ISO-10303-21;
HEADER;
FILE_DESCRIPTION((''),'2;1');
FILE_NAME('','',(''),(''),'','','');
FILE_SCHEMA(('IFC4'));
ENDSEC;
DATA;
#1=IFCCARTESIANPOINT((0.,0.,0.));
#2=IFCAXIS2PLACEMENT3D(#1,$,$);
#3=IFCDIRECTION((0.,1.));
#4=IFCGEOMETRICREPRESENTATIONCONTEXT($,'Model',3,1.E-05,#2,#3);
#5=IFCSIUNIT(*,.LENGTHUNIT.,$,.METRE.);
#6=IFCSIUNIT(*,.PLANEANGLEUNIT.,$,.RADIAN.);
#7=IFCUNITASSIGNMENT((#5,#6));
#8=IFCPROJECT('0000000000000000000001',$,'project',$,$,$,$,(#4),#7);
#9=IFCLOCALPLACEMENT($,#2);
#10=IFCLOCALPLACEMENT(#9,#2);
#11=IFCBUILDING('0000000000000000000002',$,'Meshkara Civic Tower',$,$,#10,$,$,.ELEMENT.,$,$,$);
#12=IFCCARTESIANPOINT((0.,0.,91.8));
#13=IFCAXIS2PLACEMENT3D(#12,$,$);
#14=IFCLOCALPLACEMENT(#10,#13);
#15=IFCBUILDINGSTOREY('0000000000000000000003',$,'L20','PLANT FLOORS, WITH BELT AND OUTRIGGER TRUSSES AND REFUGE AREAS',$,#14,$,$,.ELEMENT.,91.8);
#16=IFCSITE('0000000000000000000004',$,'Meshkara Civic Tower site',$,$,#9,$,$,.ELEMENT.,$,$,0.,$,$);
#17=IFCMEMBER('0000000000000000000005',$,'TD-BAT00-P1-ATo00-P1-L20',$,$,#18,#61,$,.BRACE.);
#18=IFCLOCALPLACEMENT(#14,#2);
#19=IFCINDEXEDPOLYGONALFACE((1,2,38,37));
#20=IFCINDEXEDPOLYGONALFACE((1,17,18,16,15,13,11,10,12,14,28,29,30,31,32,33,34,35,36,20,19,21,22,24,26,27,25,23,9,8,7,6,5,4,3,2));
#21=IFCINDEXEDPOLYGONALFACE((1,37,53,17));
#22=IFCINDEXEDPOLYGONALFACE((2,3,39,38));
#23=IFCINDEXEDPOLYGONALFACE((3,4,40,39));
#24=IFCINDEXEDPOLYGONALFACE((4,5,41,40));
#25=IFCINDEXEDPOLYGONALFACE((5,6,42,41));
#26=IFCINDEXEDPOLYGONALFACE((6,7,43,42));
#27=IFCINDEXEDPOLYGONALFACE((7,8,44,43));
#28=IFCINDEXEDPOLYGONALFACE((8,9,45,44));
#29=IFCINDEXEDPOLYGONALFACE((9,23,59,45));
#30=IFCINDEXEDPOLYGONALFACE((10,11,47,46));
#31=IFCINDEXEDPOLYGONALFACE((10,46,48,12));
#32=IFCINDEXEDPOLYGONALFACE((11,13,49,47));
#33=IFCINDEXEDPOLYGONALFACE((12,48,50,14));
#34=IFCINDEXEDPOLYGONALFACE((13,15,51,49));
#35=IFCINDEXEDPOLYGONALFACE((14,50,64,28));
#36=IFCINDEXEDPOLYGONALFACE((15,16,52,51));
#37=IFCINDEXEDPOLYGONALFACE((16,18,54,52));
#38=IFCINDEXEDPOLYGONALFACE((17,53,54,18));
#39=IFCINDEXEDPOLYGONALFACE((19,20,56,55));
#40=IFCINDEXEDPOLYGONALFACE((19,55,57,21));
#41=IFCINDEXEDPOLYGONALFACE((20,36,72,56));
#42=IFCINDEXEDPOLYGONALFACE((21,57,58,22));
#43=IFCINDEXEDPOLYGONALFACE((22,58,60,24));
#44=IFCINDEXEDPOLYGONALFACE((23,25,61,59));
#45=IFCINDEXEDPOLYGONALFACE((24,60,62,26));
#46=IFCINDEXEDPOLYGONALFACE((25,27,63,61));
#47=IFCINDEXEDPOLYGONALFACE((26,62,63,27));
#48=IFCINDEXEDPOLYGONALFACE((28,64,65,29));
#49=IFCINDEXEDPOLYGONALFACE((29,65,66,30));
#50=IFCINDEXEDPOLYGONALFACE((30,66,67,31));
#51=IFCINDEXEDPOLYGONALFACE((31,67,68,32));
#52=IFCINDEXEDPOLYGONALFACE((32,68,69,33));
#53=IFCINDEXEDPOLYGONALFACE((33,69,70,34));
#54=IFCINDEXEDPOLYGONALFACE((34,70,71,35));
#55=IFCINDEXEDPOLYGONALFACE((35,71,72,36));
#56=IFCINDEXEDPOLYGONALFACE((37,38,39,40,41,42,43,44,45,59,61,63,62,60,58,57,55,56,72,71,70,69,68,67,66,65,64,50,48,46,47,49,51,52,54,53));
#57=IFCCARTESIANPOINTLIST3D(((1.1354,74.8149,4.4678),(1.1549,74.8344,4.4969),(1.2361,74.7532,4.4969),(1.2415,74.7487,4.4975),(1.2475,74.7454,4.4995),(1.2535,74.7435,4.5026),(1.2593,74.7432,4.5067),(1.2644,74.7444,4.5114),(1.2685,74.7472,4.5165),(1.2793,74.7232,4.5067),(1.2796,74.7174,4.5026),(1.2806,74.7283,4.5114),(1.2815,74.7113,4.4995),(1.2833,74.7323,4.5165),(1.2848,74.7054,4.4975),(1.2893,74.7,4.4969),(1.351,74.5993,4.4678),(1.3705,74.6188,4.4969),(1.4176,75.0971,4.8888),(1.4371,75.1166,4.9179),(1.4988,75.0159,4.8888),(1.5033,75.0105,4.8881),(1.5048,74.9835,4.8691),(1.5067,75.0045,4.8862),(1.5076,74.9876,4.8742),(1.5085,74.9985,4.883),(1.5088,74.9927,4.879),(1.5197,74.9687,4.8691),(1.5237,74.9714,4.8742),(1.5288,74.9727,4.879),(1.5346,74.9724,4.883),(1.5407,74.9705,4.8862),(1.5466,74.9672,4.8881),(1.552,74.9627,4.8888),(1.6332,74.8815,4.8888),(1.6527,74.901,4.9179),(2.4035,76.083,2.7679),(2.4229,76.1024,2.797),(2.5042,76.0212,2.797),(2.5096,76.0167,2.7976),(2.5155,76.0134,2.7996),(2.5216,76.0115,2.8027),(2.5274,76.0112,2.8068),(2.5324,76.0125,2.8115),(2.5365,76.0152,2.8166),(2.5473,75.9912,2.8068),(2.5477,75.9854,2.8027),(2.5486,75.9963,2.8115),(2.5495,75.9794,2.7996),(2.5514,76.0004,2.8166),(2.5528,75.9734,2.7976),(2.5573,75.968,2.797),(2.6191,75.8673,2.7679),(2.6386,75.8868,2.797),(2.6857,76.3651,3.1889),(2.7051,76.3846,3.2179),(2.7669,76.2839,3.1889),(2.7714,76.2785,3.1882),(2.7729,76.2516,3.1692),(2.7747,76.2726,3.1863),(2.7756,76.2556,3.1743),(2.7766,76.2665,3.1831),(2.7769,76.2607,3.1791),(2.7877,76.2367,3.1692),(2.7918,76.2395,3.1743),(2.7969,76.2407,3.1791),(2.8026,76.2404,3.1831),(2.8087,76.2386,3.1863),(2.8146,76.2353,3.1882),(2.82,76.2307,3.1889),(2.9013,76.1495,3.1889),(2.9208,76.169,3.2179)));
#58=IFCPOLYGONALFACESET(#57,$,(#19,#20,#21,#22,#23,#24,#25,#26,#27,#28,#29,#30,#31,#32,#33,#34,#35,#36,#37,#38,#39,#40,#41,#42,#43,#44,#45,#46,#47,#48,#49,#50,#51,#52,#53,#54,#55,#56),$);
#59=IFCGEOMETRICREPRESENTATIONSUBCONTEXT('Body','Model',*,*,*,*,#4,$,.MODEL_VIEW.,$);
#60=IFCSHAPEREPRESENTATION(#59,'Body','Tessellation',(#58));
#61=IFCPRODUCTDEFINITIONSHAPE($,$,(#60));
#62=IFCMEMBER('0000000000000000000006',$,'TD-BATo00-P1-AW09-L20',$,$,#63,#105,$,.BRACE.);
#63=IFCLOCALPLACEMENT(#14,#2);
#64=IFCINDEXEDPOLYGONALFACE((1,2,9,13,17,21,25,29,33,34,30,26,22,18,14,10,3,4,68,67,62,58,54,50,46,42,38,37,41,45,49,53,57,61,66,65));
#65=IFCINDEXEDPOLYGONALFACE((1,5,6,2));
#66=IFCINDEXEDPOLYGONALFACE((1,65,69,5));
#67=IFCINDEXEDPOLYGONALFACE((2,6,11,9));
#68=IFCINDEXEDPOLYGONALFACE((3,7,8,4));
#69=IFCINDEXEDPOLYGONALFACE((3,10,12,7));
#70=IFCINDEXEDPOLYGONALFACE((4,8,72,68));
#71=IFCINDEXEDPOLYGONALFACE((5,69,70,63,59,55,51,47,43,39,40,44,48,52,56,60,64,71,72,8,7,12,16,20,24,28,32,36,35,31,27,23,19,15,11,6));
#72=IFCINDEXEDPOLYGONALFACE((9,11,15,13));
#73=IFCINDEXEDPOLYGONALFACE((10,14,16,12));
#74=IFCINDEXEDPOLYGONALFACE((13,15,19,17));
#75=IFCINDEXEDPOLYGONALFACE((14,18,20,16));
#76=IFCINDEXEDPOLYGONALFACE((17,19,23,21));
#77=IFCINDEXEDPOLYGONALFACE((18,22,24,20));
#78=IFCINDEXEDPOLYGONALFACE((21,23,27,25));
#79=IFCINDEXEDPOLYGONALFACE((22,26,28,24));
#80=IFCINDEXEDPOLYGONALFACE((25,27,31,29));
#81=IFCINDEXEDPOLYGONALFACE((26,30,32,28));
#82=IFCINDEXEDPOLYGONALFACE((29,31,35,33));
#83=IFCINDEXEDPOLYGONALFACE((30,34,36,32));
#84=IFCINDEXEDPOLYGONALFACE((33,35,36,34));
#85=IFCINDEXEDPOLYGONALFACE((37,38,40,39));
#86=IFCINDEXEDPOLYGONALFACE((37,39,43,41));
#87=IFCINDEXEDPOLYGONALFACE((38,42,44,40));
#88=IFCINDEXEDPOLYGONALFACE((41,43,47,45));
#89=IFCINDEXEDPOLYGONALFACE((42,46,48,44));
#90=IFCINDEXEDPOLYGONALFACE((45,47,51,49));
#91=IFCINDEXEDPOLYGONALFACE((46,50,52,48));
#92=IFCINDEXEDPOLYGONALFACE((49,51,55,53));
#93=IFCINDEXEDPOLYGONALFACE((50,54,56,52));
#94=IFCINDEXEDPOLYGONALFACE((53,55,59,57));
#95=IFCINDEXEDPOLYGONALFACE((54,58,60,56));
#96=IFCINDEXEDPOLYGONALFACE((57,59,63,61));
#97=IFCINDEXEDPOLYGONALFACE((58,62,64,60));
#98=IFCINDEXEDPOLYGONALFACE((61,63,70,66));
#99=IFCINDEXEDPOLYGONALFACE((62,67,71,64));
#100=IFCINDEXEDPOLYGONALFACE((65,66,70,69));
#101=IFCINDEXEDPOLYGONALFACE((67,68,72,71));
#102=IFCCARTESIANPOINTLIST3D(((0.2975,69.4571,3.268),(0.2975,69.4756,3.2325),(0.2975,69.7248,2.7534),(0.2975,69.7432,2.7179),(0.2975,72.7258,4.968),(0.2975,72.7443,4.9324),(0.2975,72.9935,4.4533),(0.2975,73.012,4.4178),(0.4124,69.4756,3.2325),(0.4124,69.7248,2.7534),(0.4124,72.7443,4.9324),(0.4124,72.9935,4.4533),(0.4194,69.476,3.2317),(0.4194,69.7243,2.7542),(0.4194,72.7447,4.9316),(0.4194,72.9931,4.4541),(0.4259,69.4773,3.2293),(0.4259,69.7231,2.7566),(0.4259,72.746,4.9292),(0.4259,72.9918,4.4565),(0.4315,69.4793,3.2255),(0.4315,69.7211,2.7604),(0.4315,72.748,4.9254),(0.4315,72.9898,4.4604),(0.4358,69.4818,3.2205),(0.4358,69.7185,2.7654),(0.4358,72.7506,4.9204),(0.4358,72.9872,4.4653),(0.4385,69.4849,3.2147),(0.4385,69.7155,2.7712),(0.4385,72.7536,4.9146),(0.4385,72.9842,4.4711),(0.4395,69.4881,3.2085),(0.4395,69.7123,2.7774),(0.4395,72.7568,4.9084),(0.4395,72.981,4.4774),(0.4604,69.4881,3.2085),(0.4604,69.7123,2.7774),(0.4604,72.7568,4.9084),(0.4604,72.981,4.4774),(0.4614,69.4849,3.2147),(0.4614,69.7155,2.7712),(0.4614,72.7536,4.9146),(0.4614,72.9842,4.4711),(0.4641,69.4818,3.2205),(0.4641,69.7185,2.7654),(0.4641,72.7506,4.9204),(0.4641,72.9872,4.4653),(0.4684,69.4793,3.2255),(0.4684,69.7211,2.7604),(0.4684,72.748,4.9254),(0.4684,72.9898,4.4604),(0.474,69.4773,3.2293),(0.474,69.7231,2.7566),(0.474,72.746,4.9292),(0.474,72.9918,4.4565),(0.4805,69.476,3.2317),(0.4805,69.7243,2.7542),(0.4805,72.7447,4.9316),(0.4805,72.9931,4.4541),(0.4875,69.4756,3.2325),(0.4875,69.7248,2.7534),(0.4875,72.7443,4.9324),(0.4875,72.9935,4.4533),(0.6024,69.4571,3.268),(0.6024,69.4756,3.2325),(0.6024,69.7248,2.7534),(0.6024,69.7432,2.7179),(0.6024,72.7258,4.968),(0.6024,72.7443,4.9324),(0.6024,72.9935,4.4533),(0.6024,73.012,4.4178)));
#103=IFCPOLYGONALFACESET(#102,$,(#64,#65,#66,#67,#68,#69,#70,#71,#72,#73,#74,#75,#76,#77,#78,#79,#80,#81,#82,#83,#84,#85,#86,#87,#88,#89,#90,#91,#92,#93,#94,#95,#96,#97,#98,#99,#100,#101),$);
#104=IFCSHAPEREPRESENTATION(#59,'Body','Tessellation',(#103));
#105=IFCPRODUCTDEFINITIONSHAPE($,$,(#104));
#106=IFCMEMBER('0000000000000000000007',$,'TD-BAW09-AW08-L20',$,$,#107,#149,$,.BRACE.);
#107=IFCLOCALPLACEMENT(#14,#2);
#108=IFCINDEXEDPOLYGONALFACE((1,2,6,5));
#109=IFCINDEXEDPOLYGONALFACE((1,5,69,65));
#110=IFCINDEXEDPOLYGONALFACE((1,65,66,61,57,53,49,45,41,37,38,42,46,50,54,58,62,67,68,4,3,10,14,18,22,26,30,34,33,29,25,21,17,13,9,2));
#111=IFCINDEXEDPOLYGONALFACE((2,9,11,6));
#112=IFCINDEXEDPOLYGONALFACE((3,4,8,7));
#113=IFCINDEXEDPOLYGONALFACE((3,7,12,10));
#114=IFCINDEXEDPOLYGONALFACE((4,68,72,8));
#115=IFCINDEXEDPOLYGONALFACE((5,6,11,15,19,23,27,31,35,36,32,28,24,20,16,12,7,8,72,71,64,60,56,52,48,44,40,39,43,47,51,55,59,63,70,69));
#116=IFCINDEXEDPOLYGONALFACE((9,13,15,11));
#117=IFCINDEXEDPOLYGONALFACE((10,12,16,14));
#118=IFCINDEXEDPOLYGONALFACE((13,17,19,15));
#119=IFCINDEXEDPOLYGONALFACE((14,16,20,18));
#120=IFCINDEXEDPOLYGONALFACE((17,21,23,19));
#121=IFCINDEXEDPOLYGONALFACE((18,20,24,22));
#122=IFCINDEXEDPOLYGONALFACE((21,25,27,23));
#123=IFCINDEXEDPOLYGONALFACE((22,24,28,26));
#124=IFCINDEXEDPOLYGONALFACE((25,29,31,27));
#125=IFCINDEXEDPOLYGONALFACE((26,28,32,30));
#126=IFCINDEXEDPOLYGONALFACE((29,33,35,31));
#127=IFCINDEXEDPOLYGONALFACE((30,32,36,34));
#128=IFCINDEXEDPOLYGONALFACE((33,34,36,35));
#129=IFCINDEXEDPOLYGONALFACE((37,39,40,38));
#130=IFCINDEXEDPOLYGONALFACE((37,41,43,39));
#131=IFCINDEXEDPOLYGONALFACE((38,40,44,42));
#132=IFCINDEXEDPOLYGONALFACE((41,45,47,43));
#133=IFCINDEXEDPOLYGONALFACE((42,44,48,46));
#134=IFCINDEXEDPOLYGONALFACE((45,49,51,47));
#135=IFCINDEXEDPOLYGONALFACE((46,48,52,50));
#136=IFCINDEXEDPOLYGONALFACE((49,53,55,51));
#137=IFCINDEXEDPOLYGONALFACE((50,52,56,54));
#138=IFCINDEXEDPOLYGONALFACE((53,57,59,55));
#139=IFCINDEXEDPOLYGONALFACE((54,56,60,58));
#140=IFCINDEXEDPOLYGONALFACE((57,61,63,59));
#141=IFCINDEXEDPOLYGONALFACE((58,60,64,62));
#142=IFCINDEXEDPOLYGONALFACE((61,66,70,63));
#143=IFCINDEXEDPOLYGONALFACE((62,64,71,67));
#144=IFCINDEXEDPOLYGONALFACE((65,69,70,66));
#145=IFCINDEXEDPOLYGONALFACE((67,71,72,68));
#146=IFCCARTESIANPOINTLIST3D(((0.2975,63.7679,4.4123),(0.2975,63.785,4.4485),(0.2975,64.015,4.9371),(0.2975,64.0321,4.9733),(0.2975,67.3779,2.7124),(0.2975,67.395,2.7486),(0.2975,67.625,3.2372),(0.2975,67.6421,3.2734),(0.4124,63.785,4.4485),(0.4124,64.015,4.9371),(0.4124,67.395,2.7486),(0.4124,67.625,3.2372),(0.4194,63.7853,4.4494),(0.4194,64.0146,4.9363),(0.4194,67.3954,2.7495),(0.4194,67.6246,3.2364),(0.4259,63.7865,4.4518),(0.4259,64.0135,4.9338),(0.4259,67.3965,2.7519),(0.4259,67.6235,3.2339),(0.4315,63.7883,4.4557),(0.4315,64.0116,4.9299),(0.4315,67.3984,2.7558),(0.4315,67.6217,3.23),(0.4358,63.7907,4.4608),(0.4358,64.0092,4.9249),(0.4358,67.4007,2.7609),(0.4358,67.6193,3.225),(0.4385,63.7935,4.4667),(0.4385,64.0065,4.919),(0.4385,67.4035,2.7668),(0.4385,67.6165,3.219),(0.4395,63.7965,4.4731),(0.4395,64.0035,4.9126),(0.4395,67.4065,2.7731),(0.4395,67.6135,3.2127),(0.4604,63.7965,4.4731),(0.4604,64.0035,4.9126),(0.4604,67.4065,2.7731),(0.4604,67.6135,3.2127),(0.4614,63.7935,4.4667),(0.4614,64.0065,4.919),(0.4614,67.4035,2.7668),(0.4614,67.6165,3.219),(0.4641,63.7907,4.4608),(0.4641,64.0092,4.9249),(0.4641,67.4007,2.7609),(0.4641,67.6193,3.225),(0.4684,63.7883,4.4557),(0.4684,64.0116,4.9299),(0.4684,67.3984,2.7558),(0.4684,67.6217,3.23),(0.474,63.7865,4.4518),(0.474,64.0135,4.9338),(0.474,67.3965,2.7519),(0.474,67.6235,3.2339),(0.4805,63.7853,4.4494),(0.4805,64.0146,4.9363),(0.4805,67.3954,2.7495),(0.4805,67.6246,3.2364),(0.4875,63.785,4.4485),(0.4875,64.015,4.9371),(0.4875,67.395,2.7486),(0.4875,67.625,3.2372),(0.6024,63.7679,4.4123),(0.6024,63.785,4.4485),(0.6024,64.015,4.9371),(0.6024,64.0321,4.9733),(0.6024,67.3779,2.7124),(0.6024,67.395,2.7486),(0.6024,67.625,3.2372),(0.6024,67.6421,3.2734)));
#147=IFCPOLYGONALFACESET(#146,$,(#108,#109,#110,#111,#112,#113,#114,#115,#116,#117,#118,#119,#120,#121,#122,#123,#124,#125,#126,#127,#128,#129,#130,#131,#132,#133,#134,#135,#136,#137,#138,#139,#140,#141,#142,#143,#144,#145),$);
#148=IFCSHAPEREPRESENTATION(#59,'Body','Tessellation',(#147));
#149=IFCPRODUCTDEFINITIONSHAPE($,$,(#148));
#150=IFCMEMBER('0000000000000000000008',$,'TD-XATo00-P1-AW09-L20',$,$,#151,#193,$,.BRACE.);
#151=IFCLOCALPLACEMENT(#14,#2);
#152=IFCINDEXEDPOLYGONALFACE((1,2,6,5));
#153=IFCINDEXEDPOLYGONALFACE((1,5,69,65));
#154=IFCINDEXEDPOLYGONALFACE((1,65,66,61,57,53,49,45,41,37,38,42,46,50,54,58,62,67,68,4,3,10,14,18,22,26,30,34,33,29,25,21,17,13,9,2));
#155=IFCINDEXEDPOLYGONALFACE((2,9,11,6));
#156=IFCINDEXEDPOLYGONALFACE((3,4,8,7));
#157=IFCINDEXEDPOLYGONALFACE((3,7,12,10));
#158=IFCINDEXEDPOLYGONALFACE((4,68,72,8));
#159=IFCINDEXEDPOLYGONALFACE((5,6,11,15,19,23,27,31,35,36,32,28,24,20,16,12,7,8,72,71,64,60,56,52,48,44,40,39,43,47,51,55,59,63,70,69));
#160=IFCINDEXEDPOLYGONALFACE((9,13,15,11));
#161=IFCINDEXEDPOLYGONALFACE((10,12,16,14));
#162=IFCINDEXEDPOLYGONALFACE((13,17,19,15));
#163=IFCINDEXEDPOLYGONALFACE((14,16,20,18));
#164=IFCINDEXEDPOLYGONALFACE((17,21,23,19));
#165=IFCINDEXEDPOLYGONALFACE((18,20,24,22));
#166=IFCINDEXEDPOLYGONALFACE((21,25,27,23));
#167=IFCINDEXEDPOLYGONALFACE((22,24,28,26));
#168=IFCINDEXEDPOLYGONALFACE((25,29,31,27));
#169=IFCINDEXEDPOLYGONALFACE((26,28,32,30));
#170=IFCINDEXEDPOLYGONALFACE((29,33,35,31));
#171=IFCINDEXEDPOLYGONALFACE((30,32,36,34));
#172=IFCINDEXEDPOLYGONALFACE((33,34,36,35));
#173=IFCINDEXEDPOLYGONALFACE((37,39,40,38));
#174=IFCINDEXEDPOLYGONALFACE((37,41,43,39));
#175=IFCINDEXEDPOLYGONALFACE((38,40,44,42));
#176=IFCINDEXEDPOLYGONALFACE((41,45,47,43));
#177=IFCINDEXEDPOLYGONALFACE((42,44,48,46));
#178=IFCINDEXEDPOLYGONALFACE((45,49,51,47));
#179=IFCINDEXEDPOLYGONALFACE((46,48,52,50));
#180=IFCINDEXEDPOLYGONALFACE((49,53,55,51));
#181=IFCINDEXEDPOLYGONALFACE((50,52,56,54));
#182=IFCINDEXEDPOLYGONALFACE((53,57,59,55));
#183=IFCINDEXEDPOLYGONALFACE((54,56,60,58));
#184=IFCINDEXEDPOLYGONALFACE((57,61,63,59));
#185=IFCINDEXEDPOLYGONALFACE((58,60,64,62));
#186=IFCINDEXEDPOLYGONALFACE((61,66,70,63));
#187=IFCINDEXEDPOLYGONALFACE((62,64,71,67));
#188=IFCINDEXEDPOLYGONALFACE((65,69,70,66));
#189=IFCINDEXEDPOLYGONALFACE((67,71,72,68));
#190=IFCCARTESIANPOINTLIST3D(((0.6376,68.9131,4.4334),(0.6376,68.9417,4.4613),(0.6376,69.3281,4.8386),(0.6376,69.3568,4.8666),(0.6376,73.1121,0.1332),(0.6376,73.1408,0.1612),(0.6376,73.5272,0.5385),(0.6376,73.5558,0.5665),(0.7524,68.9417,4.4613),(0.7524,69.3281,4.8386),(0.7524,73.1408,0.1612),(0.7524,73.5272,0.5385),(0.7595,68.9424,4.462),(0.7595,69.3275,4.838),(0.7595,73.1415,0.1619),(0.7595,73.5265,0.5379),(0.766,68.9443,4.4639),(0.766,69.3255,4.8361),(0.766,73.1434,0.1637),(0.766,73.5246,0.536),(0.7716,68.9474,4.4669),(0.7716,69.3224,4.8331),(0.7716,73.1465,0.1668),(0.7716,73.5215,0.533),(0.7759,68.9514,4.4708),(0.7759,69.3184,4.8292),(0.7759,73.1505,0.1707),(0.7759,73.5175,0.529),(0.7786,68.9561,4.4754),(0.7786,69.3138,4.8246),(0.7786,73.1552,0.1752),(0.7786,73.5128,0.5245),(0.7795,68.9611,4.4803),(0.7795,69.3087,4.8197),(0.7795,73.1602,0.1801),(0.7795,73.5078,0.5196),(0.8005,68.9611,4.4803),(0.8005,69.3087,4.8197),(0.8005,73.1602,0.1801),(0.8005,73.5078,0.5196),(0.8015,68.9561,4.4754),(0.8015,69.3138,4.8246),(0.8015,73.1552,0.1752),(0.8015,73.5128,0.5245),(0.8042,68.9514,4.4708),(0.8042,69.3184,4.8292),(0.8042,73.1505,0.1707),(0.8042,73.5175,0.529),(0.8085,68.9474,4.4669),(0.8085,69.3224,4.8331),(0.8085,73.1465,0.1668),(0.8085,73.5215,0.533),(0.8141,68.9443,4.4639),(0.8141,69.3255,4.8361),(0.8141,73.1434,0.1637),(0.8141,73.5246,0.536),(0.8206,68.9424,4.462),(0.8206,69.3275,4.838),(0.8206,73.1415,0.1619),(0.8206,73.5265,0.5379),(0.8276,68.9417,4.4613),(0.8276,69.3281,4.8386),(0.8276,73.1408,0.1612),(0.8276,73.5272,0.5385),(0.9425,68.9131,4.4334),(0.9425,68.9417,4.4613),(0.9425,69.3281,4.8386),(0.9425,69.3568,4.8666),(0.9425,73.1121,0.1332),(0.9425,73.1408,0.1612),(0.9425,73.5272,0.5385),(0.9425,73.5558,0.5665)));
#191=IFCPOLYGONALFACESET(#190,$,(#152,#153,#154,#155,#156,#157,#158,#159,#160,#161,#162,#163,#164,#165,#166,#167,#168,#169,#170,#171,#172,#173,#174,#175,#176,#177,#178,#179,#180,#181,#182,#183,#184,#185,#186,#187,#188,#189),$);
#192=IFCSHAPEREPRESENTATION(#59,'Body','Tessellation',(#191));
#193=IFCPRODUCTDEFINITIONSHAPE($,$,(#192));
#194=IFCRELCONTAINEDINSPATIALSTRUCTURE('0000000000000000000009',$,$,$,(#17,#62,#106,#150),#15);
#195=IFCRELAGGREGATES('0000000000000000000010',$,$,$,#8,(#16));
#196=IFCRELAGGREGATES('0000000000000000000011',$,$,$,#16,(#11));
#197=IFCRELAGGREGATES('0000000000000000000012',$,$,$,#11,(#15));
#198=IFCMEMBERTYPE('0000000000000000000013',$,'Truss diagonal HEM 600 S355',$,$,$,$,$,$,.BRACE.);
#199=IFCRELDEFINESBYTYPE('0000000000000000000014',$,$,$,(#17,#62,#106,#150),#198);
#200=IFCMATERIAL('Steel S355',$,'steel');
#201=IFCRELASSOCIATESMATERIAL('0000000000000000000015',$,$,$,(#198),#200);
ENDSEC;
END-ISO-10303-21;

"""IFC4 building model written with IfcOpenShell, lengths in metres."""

from ifc_helpers import new_model, si_unit, direction, frame, origin, origin_2d, place, context, subcontext, project, spatial, i_section, extrude, material, material_profile, profile_set, type_object, element, save


model = new_model("IFC4")

# Units and contexts
model_context = context("Model", 3, precision=1e-05, world=origin(), true_north=direction((0.0, 1.0)))
body_context = subcontext(model_context, "Body", "Model", "MODEL_VIEW")
ifc_project = project(units=[si_unit("LENGTHUNIT", "METRE"), si_unit("PLANEANGLEUNIT", "RADIAN")], contexts=[model_context])

# Site, building, storey
site_placement = place(None, origin())
site = spatial("IfcSite", under=ifc_project, at=site_placement, Name="Meshkara Civic Tower site", CompositionType="ELEMENT", RefElevation=0.0)
building_placement = place(site_placement, origin())
building = spatial("IfcBuilding", under=site, at=building_placement, Name="Meshkara Civic Tower", CompositionType="ELEMENT")
storey_placement = place(building_placement, frame((0.0, 0.0, 91.8)))
storey = spatial("IfcBuildingStorey", under=building, at=storey_placement, Name="L20", Description="PLANT FLOORS, WITH BELT AND OUTRIGGER TRUSSES AND REFUGE AREAS", CompositionType="ELEMENT", Elevation=91.8)

# Members
ifc_material_1 = material(Name="Steel S355", Category="steel")
ifc_material_profile_1 = material_profile(ifc_material_1, i_section(OverallWidth=0.3049, OverallDepth=0.6201, WebThickness=0.021, FlangeThickness=0.04, FilletRadius=0.0271, at=origin_2d()))
ifc_profile_set_1 = profile_set([ifc_material_profile_1], Name="Steel S355")
member_type = type_object("IfcMemberType", Name="Truss diagonal HEM 600 S355", PredefinedType="BRACE", material=ifc_profile_set_1)
member_1_placement = place(storey_placement, frame((2.6621, 76.126, 2.9929), z_axis=(-0.51318, -0.51318, 0.687962), x_axis=(0.707107, -0.707107, 0.0)))
element("IfcMember", 1, at=member_1_placement, inside=storey, type_object=member_type, Name="TD-BAT00-P1-ATo00-P1-L20", PredefinedType="BRACE", context=body_context, shape_type="SweptSolid", body=[
    extrude(i_section(OverallWidth=0.3049, OverallDepth=0.6201, WebThickness=0.021, FlangeThickness=0.04, FilletRadius=0.0271, at=origin_2d()), origin(), (0.0, 0.0, 1.0), 2.4709),
])
member_2_placement = place(storey_placement, frame((0.45, 72.8689, 4.6929), z_axis=(0.0, -0.887197, -0.46139), x_axis=(1.0, 0.0, 0.0)))
element("IfcMember", 2, at=member_2_placement, inside=storey, type_object=member_type, Name="TD-BATo00-P1-AW09-L20", PredefinedType="BRACE", context=body_context, shape_type="SweptSolid", body=[
    extrude(i_section(OverallWidth=0.3049, OverallDepth=0.6201, WebThickness=0.021, FlangeThickness=0.04, FilletRadius=0.0271, at=origin_2d()), origin(), (0.0, 0.0, 1.0), 3.6843),
])
member_3_placement = place(storey_placement, frame((0.45, 67.51, 2.9929), z_axis=(0.0, -0.904715, 0.426018), x_axis=(1.0, 0.0, 0.0)))
element("IfcMember", 3, at=member_3_placement, inside=storey, type_object=member_type, Name="TD-BAW09-AW08-L20", PredefinedType="BRACE", context=body_context, shape_type="SweptSolid", body=[
    extrude(i_section(OverallWidth=0.3049, OverallDepth=0.6201, WebThickness=0.021, FlangeThickness=0.04, FilletRadius=0.0271, at=origin_2d()), origin(), (0.0, 0.0, 1.0), 3.9902),
])
member_4_placement = place(storey_placement, frame((0.79, 73.334, 0.3499), z_axis=(0.0, -0.698648, 0.715465), x_axis=(1.0, 0.0, 0.0)))
element("IfcMember", 4, at=member_4_placement, inside=storey, type_object=member_type, Name="TD-XATo00-P1-AW09-L20", PredefinedType="BRACE", context=body_context, shape_type="SweptSolid", body=[
    extrude(i_section(OverallWidth=0.3049, OverallDepth=0.6201, WebThickness=0.021, FlangeThickness=0.04, FilletRadius=0.0271, at=origin_2d()), origin(), (0.0, 0.0, 1.0), 6.0103),
])

save(model, "model.ifc")
